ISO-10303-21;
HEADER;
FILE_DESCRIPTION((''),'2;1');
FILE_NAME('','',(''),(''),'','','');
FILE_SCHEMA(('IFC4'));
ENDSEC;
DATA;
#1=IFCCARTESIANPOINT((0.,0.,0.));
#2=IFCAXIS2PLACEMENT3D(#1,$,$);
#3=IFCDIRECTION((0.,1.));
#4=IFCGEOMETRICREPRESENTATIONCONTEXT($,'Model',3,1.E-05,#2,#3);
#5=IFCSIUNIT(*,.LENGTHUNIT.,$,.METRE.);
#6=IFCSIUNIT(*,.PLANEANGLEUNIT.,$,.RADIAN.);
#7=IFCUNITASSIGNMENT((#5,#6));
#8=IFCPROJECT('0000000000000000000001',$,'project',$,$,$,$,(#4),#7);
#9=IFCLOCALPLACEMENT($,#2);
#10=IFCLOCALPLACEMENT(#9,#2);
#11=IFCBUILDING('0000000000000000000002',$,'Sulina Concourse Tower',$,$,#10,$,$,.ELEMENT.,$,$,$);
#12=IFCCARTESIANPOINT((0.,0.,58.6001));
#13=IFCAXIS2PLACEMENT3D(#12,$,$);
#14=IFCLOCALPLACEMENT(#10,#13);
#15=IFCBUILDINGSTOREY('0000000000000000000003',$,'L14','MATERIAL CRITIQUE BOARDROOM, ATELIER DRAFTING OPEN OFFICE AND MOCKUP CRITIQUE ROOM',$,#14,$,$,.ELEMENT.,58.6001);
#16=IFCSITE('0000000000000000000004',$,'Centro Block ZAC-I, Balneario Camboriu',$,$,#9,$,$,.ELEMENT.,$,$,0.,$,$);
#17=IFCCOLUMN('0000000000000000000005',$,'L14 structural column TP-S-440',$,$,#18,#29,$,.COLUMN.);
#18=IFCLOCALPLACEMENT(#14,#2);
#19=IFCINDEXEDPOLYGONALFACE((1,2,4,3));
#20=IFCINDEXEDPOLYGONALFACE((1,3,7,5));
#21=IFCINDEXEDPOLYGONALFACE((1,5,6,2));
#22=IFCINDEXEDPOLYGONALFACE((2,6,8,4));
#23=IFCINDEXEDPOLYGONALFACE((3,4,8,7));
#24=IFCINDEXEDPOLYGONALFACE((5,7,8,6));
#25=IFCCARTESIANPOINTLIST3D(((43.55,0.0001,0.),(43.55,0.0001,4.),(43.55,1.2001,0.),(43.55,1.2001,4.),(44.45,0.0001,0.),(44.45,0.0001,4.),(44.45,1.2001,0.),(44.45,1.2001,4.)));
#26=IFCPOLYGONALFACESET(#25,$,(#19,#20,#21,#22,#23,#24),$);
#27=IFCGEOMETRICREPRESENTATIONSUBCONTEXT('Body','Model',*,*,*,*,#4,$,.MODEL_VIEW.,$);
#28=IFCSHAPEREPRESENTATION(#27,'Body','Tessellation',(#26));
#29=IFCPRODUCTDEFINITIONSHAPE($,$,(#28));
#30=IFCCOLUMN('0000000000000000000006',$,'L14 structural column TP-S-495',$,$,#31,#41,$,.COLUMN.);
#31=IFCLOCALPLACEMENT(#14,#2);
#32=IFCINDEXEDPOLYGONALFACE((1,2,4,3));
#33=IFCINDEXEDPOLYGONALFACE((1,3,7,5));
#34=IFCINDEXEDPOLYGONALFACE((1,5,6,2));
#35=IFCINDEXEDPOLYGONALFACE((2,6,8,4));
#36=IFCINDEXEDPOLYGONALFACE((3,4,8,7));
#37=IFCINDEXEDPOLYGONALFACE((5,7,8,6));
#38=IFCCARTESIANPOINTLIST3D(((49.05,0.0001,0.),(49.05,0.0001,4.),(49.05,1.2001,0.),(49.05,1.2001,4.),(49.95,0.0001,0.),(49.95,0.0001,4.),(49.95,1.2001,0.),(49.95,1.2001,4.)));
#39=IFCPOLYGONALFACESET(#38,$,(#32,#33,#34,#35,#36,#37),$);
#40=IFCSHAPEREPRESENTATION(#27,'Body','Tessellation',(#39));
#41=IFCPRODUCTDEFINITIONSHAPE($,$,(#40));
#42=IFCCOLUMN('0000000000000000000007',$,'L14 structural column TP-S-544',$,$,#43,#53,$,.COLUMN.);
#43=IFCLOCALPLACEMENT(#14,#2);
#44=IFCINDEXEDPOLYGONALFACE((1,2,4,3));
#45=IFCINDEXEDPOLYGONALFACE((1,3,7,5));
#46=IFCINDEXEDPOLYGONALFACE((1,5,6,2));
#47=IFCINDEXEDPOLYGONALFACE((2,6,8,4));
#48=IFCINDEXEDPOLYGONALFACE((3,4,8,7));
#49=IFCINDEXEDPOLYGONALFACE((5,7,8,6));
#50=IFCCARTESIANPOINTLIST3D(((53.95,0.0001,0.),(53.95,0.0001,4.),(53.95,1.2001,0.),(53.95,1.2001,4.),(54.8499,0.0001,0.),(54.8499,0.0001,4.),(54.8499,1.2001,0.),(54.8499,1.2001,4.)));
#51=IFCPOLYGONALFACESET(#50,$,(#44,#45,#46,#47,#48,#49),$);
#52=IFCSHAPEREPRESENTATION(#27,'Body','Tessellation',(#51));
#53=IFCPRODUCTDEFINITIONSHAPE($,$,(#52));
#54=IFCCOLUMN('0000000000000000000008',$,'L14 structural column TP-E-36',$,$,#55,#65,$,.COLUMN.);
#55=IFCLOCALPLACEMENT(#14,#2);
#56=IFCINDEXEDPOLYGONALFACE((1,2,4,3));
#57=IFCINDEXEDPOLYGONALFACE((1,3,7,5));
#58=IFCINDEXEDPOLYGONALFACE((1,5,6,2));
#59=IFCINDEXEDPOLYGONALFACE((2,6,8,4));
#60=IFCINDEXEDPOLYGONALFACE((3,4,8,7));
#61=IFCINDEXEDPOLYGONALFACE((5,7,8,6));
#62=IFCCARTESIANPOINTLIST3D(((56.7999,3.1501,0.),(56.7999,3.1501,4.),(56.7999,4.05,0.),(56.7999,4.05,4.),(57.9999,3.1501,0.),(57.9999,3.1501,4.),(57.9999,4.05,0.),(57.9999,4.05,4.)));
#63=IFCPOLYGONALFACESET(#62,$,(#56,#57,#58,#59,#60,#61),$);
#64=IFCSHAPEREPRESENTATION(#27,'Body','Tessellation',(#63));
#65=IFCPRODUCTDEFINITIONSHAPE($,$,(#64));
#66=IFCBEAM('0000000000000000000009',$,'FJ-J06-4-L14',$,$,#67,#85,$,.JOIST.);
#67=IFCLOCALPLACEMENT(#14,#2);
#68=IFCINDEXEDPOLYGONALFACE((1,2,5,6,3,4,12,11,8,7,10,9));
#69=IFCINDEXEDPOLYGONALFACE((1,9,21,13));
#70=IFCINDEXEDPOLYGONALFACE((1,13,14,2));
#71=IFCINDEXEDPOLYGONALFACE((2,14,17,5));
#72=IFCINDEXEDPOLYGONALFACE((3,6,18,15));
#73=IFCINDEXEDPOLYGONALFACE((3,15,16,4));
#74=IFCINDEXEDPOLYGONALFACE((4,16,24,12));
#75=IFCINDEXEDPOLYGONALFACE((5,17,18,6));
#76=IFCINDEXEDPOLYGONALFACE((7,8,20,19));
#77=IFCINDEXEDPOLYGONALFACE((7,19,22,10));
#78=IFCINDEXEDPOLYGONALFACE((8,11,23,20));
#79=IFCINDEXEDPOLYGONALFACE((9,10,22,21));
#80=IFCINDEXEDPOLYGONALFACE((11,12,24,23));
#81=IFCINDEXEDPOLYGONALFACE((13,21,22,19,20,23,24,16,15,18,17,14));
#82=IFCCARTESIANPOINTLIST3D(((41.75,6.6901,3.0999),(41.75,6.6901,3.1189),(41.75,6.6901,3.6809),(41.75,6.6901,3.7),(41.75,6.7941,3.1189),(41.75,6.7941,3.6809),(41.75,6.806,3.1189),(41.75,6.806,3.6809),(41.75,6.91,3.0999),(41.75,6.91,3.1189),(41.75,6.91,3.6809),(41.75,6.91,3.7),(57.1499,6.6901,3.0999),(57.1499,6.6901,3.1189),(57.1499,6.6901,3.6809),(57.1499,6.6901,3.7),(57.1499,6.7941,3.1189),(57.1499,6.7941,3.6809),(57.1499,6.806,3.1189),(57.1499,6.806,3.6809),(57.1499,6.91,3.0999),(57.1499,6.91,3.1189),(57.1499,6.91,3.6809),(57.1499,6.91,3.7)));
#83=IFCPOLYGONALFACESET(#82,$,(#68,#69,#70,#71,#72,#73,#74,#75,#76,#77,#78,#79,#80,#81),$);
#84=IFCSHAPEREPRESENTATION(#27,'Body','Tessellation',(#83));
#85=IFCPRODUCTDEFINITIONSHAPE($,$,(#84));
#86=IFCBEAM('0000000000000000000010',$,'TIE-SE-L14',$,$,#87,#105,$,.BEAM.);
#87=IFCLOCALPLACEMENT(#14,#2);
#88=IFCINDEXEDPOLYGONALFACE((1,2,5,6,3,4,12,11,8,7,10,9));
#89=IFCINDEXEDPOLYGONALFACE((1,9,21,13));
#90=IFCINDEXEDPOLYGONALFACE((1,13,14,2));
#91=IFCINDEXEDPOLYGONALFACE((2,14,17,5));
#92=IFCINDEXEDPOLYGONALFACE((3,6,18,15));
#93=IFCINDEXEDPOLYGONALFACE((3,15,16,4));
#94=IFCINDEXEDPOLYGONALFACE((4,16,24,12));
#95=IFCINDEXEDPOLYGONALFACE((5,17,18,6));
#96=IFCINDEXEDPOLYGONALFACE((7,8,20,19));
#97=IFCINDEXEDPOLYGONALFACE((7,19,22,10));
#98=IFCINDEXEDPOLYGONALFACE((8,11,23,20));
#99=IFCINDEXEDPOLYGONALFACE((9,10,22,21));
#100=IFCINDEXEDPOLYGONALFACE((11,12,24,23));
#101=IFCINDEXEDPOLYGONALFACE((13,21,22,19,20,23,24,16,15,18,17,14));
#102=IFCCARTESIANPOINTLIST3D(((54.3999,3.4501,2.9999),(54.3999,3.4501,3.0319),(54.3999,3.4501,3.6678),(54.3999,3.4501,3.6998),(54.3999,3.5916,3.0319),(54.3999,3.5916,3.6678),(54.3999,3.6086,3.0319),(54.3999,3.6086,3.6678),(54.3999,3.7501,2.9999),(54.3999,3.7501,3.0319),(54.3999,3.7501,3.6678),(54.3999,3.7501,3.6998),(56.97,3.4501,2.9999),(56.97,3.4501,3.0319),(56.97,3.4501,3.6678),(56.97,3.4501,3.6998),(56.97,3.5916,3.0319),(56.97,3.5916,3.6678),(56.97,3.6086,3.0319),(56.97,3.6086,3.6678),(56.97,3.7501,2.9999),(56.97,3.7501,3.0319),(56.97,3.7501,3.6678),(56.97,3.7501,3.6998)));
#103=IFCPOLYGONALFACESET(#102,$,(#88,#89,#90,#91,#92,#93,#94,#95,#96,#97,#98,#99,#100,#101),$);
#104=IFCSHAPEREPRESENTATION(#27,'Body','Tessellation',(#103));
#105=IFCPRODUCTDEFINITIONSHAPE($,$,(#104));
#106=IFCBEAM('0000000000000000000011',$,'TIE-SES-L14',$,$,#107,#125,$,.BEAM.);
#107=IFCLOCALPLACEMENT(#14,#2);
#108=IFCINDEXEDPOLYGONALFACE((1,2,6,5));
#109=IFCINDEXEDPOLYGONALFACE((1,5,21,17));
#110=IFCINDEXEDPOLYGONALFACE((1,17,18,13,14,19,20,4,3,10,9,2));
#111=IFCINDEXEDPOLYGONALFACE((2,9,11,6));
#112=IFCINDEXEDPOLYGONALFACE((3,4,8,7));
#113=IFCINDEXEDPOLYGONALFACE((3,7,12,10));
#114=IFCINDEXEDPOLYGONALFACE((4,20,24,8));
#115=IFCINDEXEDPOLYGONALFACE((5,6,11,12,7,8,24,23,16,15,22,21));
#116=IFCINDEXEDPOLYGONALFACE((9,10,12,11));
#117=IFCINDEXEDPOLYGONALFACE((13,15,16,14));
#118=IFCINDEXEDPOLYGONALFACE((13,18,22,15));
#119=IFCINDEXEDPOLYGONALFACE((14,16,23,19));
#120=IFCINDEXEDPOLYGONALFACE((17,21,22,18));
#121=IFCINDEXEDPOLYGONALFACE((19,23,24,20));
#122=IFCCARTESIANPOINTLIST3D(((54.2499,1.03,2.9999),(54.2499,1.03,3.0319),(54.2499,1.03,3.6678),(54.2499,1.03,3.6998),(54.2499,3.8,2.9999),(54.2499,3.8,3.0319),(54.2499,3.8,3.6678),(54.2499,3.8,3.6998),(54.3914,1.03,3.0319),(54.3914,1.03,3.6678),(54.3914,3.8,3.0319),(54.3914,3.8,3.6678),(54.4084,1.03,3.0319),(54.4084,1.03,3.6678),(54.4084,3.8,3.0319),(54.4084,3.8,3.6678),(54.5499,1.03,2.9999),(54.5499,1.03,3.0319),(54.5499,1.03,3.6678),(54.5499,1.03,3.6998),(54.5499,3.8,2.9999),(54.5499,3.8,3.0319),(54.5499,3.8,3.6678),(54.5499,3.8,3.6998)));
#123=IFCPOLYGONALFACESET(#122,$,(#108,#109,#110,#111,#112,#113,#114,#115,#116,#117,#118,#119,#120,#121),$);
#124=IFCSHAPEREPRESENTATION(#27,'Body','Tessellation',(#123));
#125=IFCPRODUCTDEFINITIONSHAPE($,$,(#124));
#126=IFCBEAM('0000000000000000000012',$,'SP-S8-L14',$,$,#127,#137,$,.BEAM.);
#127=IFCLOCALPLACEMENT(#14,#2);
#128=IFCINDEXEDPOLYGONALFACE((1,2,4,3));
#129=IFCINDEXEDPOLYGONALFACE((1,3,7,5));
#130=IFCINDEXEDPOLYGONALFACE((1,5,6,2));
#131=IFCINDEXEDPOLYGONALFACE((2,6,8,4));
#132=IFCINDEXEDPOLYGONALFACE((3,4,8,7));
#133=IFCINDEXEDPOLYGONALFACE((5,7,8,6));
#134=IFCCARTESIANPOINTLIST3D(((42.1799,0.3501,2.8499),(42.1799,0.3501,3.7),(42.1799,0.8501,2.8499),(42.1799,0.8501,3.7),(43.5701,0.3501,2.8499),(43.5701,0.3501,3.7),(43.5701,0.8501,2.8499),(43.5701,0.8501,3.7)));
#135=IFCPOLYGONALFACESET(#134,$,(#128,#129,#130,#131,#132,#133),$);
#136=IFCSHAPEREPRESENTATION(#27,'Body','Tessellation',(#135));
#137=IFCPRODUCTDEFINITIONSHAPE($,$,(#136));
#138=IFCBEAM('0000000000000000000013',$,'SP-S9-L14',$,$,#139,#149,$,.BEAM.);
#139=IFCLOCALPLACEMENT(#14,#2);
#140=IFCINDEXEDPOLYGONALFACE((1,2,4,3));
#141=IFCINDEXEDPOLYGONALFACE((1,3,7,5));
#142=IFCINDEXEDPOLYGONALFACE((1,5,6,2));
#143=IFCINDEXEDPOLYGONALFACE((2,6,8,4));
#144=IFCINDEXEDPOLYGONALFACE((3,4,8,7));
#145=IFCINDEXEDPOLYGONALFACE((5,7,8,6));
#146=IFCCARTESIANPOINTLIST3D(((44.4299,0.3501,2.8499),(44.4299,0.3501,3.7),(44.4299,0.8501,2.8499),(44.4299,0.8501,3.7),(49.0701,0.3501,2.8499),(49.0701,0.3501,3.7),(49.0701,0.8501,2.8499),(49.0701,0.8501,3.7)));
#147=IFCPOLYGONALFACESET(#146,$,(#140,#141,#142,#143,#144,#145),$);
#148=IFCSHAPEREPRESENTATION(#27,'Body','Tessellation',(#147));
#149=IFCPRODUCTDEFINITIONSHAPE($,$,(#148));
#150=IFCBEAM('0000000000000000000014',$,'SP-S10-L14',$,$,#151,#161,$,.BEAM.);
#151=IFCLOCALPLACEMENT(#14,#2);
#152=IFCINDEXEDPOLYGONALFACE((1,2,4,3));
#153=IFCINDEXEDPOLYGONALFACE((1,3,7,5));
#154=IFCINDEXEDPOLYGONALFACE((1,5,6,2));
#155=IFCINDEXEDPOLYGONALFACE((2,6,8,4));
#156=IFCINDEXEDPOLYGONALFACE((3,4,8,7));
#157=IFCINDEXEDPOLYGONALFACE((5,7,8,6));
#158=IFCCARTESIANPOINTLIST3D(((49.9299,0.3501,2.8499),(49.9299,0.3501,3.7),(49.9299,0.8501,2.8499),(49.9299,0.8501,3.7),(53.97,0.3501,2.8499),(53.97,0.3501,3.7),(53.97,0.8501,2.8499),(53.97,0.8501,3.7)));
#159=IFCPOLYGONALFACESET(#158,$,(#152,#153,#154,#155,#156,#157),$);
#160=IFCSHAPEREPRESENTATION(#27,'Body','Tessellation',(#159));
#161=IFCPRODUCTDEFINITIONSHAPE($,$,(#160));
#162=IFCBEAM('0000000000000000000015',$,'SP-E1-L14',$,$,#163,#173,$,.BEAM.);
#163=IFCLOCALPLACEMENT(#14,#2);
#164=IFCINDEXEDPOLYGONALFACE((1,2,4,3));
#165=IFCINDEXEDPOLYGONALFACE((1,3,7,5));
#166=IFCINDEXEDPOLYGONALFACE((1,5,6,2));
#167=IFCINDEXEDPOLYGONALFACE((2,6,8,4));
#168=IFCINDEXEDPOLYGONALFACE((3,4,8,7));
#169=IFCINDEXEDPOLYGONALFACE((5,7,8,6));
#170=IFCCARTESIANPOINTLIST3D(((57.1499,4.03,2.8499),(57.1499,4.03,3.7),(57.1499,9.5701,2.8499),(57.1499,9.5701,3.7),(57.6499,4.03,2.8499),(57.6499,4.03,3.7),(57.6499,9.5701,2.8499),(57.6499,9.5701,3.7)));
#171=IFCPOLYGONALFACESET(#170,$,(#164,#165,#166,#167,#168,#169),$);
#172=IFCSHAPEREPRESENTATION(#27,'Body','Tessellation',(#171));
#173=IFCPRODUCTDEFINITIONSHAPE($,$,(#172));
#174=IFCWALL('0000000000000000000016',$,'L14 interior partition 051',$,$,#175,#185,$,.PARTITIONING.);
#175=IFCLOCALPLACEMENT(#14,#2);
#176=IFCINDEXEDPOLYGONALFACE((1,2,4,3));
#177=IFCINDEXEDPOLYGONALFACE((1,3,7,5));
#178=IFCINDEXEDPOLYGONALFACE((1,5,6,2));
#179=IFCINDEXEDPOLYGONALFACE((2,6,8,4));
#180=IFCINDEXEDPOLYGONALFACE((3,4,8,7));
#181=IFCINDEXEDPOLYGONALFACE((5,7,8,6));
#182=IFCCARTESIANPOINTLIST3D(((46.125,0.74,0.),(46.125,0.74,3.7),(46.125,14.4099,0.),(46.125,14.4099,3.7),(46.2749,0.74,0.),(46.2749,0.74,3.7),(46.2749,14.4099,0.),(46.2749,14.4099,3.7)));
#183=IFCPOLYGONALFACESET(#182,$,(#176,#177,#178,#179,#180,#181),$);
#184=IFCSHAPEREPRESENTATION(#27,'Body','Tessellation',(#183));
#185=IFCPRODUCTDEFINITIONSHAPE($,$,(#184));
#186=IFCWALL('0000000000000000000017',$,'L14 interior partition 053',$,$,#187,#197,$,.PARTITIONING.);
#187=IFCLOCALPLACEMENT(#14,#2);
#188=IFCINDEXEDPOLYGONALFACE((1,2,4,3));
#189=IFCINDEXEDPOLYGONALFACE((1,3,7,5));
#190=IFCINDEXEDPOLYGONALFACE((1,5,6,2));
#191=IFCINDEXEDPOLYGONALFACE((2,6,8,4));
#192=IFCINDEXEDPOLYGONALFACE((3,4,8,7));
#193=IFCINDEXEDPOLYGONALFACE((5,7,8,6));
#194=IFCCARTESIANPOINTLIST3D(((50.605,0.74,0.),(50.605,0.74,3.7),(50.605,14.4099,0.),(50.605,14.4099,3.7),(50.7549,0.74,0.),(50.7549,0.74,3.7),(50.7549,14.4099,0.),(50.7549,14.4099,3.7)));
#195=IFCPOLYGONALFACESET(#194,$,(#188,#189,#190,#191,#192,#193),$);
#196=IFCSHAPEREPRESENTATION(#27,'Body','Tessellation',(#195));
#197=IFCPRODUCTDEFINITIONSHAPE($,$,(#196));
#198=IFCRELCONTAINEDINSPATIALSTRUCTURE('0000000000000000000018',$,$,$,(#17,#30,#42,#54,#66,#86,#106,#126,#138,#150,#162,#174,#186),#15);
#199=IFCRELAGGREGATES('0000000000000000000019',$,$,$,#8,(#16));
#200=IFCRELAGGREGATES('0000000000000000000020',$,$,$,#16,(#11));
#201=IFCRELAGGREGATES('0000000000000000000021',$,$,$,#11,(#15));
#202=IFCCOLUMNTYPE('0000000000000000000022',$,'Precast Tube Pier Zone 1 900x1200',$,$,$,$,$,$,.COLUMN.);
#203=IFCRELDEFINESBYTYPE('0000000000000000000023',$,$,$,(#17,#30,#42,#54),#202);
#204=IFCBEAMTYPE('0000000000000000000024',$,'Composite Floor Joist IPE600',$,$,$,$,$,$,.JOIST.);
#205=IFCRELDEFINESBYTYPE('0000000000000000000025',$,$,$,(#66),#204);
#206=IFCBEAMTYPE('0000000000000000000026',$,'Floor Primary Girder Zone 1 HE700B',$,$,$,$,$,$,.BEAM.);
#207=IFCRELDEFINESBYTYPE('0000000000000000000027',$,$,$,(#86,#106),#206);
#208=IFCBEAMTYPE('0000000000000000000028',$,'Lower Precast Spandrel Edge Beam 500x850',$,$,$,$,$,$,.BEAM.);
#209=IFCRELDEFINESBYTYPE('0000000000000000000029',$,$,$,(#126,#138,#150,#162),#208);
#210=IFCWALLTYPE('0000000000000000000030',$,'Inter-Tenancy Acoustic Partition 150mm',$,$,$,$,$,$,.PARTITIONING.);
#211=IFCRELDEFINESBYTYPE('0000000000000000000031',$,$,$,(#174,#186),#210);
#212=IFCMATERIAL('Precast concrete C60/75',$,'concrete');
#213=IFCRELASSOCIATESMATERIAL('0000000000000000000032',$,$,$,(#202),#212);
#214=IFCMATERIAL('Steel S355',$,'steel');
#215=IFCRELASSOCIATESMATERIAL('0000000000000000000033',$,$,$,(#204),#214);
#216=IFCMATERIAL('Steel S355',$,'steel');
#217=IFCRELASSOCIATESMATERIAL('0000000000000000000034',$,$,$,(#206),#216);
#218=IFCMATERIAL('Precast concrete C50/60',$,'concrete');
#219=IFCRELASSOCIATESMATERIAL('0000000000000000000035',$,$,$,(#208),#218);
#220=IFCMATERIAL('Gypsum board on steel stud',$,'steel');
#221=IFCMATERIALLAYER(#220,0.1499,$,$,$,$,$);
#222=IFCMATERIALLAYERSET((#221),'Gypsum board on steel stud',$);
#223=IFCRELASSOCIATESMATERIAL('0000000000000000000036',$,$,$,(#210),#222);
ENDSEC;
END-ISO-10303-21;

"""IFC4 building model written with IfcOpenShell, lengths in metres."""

from ifc_helpers import new_model, si_unit, direction, frame, frame_2d, origin, origin_2d, place, context, subcontext, project, spatial, rectangle, i_section, extrude, material, layer, layer_set, material_profile, profile_set, type_object, element, save


model = new_model("IFC4")

# Units and contexts
model_context = context("Model", 3, precision=1e-05, world=origin(), true_north=direction((0.0, 1.0)))
body_context = subcontext(model_context, "Body", "Model", "MODEL_VIEW")
ifc_project = project(units=[si_unit("LENGTHUNIT", "METRE"), si_unit("PLANEANGLEUNIT", "RADIAN")], contexts=[model_context])

# Site, building, storey
site_placement = place(None, origin())
site = spatial("IfcSite", under=ifc_project, at=site_placement, Name="Centro Block ZAC-I, Balneario Camboriu", CompositionType="ELEMENT", RefElevation=0.0)
building_placement = place(site_placement, origin())
building = spatial("IfcBuilding", under=site, at=building_placement, Name="Sulina Concourse Tower", CompositionType="ELEMENT")
storey_placement = place(building_placement, frame((0.0, 0.0, 58.6001)))
storey = spatial("IfcBuildingStorey", under=building, at=storey_placement, Name="L14", Description="MATERIAL CRITIQUE BOARDROOM, ATELIER DRAFTING OPEN OFFICE AND MOCKUP CRITIQUE ROOM", CompositionType="ELEMENT", Elevation=58.6001)

# Columns
ifc_material_1 = material(Name="Precast concrete C60/75", Category="concrete")
ifc_material_profile_1 = material_profile(ifc_material_1, rectangle(XDim=0.8999, YDim=1.2, at=origin_2d()), Name="PC 900x1200")
ifc_profile_set_1 = profile_set([ifc_material_profile_1], Name="Precast concrete C60/75")
column_type = type_object("IfcColumnType", Name="Precast Tube Pier Zone 1 900x1200", PredefinedType="COLUMN", material=ifc_profile_set_1)
for number, where, z_axis, x_axis, name in (
    (1, (44.0, 0.6001, 0.0), (0.0, 0.0, 1.0), (1.0, 0.0, 0.0), "L14 structural column TP-S-440"),
    (2, (49.5, 0.6001, 0.0), (0.0, 0.0, 1.0), (1.0, 0.0, 0.0), "L14 structural column TP-S-495"),
    (3, (54.3999, 0.6001, 0.0), (0.0, 0.0, 1.0), (1.0, 0.0, 0.0), "L14 structural column TP-S-544"),
    (4, (57.3999, 3.6001, 0.0), (0.0, 0.0, 1.0), (0.0, 1.0, 0.0), "L14 structural column TP-E-36"),
):
    element("IfcColumn", number, at=place(storey_placement, frame(where, z_axis=z_axis, x_axis=x_axis)), inside=storey, type_object=column_type, Name=name, PredefinedType="COLUMN", context=body_context, shape_type="SweptSolid", body=[
        extrude(rectangle(XDim=0.8999, YDim=1.2, at=origin_2d()), origin(), (0.0, 0.0, 1.0), 4.0),
    ])

# Beams
ifc_material_2 = material(Name="Steel S355", Category="steel")
ifc_material_profile_2 = material_profile(ifc_material_2, i_section(OverallWidth=0.22, OverallDepth=0.6001, WebThickness=0.012, FlangeThickness=0.019, at=origin_2d()), Name="IPE 600")
ifc_profile_set_2 = profile_set([ifc_material_profile_2], Name="Steel S355")
beam_type_1 = type_object("IfcBeamType", Name="Composite Floor Joist IPE600", PredefinedType="JOIST", material=ifc_profile_set_2)
beam_1_placement = place(storey_placement, frame((41.75, 6.8, 3.3999), z_axis=(1.0, 0.0, 0.0), x_axis=(0.0, 1.0, 0.0)))
element("IfcBeam", 5, at=beam_1_placement, inside=storey, type_object=beam_type_1, Name="FJ-J06-4-L14", PredefinedType="JOIST", context=body_context, shape_type="SweptSolid", body=[
    extrude(i_section(OverallWidth=0.22, OverallDepth=0.6001, WebThickness=0.012, FlangeThickness=0.019, at=origin_2d()), origin(), (0.0, 0.0, 1.0), 15.3999),
])
ifc_material_3 = material(Name="Steel S355", Category="steel")
ifc_material_profile_3 = material_profile(ifc_material_3, i_section(OverallWidth=0.3, OverallDepth=0.7, WebThickness=0.0171, FlangeThickness=0.032, at=origin_2d()), Name="HE 700 B")
ifc_profile_set_3 = profile_set([ifc_material_profile_3], Name="Steel S355")
beam_type_2 = type_object("IfcBeamType", Name="Floor Primary Girder Zone 1 HE700B", PredefinedType="BEAM", material=ifc_profile_set_3)
beam_2_placement = place(storey_placement, frame((54.3999, 3.6001, 3.3499), z_axis=(1.0, 0.0, 0.0), x_axis=(0.0, 1.0, 0.0)))
element("IfcBeam", 6, at=beam_2_placement, inside=storey, type_object=beam_type_2, Name="TIE-SE-L14", PredefinedType="BEAM", context=body_context, shape_type="SweptSolid", body=[
    extrude(i_section(OverallWidth=0.3, OverallDepth=0.7, WebThickness=0.0171, FlangeThickness=0.032, at=origin_2d()), origin(), (0.0, 0.0, 1.0), 2.5701),
])
beam_3_placement = place(storey_placement, frame((54.3999, 1.03, 3.3499), z_axis=(0.0, 1.0, 0.0), x_axis=(-1.0, 0.0, 0.0)))
element("IfcBeam", 7, at=beam_3_placement, inside=storey, type_object=beam_type_2, Name="TIE-SES-L14", PredefinedType="BEAM", context=body_context, shape_type="SweptSolid", body=[
    extrude(i_section(OverallWidth=0.3, OverallDepth=0.7, WebThickness=0.0171, FlangeThickness=0.032, at=origin_2d()), origin(), (0.0, 0.0, 1.0), 2.77),
])
ifc_material_4 = material(Name="Precast concrete C50/60", Category="concrete")
ifc_material_profile_4 = material_profile(ifc_material_4, rectangle(XDim=0.5, YDim=0.8501, at=origin_2d()), Name="RC 500x850")
ifc_profile_set_4 = profile_set([ifc_material_profile_4], Name="Precast concrete C50/60")
beam_type_3 = type_object("IfcBeamType", Name="Lower Precast Spandrel Edge Beam 500x850", PredefinedType="BEAM", material=ifc_profile_set_4)
beam_4_placement = place(storey_placement, frame((42.1799, 0.6001, 3.2749), z_axis=(1.0, 0.0, 0.0), x_axis=(0.0, 1.0, 0.0)))
element("IfcBeam", 8, at=beam_4_placement, inside=storey, type_object=beam_type_3, Name="SP-S8-L14", PredefinedType="BEAM", context=body_context, shape_type="SweptSolid", body=[
    extrude(rectangle(XDim=0.5, YDim=0.8501, at=origin_2d()), origin(), (0.0, 0.0, 1.0), 1.3901),
])
beam_5_placement = place(storey_placement, frame((44.4299, 0.6001, 3.2749), z_axis=(1.0, 0.0, 0.0), x_axis=(0.0, 1.0, 0.0)))
element("IfcBeam", 9, at=beam_5_placement, inside=storey, type_object=beam_type_3, Name="SP-S9-L14", PredefinedType="BEAM", context=body_context, shape_type="SweptSolid", body=[
    extrude(rectangle(XDim=0.5, YDim=0.8501, at=origin_2d()), origin(), (0.0, 0.0, 1.0), 4.6401),
])
beam_6_placement = place(storey_placement, frame((49.9299, 0.6001, 3.2749), z_axis=(1.0, 0.0, 0.0), x_axis=(0.0, 1.0, 0.0)))
element("IfcBeam", 10, at=beam_6_placement, inside=storey, type_object=beam_type_3, Name="SP-S10-L14", PredefinedType="BEAM", context=body_context, shape_type="SweptSolid", body=[
    extrude(rectangle(XDim=0.5, YDim=0.8501, at=origin_2d()), origin(), (0.0, 0.0, 1.0), 4.04),
])
beam_7_placement = place(storey_placement, frame((57.3999, 4.03, 3.2749), z_axis=(0.0, 1.0, 0.0), x_axis=(-1.0, 0.0, 0.0)))
element("IfcBeam", 11, at=beam_7_placement, inside=storey, type_object=beam_type_3, Name="SP-E1-L14", PredefinedType="BEAM", context=body_context, shape_type="SweptSolid", body=[
    extrude(rectangle(XDim=0.5, YDim=0.8501, at=origin_2d()), origin(), (0.0, 0.0, 1.0), 5.54),
])

# Walls
ifc_material_5 = material(Name="Gypsum board on steel stud", Category="steel")
ifc_layer_1 = layer(ifc_material_5, 0.1499)
ifc_layer_set_1 = layer_set([ifc_layer_1], Name="Gypsum board on steel stud")
wall_type_1 = type_object("IfcWallType", Name="Inter-Tenancy Acoustic Partition 150mm", PredefinedType="PARTITIONING", material=ifc_layer_set_1)
for number, where, z_axis, x_axis, name in (
    (12, (46.2, 0.74, 0.0), (0.0, 0.0, 1.0), (0.0, 1.0, 0.0), "L14 interior partition 051"),
    (13, (50.6799, 0.74, 0.0), (0.0, 0.0, 1.0), (0.0, 1.0, 0.0), "L14 interior partition 053"),
):
    element("IfcWall", number, at=place(storey_placement, frame(where, z_axis=z_axis, x_axis=x_axis)), inside=storey, type_object=wall_type_1, Name=name, PredefinedType="PARTITIONING", context=body_context, shape_type="SweptSolid", body=[
        extrude(rectangle(XDim=13.6699, YDim=0.1499, at=frame_2d((6.835, 0.0))), origin(), (0.0, 0.0, 1.0), 3.7),
    ])

save(model, "model.ifc")
